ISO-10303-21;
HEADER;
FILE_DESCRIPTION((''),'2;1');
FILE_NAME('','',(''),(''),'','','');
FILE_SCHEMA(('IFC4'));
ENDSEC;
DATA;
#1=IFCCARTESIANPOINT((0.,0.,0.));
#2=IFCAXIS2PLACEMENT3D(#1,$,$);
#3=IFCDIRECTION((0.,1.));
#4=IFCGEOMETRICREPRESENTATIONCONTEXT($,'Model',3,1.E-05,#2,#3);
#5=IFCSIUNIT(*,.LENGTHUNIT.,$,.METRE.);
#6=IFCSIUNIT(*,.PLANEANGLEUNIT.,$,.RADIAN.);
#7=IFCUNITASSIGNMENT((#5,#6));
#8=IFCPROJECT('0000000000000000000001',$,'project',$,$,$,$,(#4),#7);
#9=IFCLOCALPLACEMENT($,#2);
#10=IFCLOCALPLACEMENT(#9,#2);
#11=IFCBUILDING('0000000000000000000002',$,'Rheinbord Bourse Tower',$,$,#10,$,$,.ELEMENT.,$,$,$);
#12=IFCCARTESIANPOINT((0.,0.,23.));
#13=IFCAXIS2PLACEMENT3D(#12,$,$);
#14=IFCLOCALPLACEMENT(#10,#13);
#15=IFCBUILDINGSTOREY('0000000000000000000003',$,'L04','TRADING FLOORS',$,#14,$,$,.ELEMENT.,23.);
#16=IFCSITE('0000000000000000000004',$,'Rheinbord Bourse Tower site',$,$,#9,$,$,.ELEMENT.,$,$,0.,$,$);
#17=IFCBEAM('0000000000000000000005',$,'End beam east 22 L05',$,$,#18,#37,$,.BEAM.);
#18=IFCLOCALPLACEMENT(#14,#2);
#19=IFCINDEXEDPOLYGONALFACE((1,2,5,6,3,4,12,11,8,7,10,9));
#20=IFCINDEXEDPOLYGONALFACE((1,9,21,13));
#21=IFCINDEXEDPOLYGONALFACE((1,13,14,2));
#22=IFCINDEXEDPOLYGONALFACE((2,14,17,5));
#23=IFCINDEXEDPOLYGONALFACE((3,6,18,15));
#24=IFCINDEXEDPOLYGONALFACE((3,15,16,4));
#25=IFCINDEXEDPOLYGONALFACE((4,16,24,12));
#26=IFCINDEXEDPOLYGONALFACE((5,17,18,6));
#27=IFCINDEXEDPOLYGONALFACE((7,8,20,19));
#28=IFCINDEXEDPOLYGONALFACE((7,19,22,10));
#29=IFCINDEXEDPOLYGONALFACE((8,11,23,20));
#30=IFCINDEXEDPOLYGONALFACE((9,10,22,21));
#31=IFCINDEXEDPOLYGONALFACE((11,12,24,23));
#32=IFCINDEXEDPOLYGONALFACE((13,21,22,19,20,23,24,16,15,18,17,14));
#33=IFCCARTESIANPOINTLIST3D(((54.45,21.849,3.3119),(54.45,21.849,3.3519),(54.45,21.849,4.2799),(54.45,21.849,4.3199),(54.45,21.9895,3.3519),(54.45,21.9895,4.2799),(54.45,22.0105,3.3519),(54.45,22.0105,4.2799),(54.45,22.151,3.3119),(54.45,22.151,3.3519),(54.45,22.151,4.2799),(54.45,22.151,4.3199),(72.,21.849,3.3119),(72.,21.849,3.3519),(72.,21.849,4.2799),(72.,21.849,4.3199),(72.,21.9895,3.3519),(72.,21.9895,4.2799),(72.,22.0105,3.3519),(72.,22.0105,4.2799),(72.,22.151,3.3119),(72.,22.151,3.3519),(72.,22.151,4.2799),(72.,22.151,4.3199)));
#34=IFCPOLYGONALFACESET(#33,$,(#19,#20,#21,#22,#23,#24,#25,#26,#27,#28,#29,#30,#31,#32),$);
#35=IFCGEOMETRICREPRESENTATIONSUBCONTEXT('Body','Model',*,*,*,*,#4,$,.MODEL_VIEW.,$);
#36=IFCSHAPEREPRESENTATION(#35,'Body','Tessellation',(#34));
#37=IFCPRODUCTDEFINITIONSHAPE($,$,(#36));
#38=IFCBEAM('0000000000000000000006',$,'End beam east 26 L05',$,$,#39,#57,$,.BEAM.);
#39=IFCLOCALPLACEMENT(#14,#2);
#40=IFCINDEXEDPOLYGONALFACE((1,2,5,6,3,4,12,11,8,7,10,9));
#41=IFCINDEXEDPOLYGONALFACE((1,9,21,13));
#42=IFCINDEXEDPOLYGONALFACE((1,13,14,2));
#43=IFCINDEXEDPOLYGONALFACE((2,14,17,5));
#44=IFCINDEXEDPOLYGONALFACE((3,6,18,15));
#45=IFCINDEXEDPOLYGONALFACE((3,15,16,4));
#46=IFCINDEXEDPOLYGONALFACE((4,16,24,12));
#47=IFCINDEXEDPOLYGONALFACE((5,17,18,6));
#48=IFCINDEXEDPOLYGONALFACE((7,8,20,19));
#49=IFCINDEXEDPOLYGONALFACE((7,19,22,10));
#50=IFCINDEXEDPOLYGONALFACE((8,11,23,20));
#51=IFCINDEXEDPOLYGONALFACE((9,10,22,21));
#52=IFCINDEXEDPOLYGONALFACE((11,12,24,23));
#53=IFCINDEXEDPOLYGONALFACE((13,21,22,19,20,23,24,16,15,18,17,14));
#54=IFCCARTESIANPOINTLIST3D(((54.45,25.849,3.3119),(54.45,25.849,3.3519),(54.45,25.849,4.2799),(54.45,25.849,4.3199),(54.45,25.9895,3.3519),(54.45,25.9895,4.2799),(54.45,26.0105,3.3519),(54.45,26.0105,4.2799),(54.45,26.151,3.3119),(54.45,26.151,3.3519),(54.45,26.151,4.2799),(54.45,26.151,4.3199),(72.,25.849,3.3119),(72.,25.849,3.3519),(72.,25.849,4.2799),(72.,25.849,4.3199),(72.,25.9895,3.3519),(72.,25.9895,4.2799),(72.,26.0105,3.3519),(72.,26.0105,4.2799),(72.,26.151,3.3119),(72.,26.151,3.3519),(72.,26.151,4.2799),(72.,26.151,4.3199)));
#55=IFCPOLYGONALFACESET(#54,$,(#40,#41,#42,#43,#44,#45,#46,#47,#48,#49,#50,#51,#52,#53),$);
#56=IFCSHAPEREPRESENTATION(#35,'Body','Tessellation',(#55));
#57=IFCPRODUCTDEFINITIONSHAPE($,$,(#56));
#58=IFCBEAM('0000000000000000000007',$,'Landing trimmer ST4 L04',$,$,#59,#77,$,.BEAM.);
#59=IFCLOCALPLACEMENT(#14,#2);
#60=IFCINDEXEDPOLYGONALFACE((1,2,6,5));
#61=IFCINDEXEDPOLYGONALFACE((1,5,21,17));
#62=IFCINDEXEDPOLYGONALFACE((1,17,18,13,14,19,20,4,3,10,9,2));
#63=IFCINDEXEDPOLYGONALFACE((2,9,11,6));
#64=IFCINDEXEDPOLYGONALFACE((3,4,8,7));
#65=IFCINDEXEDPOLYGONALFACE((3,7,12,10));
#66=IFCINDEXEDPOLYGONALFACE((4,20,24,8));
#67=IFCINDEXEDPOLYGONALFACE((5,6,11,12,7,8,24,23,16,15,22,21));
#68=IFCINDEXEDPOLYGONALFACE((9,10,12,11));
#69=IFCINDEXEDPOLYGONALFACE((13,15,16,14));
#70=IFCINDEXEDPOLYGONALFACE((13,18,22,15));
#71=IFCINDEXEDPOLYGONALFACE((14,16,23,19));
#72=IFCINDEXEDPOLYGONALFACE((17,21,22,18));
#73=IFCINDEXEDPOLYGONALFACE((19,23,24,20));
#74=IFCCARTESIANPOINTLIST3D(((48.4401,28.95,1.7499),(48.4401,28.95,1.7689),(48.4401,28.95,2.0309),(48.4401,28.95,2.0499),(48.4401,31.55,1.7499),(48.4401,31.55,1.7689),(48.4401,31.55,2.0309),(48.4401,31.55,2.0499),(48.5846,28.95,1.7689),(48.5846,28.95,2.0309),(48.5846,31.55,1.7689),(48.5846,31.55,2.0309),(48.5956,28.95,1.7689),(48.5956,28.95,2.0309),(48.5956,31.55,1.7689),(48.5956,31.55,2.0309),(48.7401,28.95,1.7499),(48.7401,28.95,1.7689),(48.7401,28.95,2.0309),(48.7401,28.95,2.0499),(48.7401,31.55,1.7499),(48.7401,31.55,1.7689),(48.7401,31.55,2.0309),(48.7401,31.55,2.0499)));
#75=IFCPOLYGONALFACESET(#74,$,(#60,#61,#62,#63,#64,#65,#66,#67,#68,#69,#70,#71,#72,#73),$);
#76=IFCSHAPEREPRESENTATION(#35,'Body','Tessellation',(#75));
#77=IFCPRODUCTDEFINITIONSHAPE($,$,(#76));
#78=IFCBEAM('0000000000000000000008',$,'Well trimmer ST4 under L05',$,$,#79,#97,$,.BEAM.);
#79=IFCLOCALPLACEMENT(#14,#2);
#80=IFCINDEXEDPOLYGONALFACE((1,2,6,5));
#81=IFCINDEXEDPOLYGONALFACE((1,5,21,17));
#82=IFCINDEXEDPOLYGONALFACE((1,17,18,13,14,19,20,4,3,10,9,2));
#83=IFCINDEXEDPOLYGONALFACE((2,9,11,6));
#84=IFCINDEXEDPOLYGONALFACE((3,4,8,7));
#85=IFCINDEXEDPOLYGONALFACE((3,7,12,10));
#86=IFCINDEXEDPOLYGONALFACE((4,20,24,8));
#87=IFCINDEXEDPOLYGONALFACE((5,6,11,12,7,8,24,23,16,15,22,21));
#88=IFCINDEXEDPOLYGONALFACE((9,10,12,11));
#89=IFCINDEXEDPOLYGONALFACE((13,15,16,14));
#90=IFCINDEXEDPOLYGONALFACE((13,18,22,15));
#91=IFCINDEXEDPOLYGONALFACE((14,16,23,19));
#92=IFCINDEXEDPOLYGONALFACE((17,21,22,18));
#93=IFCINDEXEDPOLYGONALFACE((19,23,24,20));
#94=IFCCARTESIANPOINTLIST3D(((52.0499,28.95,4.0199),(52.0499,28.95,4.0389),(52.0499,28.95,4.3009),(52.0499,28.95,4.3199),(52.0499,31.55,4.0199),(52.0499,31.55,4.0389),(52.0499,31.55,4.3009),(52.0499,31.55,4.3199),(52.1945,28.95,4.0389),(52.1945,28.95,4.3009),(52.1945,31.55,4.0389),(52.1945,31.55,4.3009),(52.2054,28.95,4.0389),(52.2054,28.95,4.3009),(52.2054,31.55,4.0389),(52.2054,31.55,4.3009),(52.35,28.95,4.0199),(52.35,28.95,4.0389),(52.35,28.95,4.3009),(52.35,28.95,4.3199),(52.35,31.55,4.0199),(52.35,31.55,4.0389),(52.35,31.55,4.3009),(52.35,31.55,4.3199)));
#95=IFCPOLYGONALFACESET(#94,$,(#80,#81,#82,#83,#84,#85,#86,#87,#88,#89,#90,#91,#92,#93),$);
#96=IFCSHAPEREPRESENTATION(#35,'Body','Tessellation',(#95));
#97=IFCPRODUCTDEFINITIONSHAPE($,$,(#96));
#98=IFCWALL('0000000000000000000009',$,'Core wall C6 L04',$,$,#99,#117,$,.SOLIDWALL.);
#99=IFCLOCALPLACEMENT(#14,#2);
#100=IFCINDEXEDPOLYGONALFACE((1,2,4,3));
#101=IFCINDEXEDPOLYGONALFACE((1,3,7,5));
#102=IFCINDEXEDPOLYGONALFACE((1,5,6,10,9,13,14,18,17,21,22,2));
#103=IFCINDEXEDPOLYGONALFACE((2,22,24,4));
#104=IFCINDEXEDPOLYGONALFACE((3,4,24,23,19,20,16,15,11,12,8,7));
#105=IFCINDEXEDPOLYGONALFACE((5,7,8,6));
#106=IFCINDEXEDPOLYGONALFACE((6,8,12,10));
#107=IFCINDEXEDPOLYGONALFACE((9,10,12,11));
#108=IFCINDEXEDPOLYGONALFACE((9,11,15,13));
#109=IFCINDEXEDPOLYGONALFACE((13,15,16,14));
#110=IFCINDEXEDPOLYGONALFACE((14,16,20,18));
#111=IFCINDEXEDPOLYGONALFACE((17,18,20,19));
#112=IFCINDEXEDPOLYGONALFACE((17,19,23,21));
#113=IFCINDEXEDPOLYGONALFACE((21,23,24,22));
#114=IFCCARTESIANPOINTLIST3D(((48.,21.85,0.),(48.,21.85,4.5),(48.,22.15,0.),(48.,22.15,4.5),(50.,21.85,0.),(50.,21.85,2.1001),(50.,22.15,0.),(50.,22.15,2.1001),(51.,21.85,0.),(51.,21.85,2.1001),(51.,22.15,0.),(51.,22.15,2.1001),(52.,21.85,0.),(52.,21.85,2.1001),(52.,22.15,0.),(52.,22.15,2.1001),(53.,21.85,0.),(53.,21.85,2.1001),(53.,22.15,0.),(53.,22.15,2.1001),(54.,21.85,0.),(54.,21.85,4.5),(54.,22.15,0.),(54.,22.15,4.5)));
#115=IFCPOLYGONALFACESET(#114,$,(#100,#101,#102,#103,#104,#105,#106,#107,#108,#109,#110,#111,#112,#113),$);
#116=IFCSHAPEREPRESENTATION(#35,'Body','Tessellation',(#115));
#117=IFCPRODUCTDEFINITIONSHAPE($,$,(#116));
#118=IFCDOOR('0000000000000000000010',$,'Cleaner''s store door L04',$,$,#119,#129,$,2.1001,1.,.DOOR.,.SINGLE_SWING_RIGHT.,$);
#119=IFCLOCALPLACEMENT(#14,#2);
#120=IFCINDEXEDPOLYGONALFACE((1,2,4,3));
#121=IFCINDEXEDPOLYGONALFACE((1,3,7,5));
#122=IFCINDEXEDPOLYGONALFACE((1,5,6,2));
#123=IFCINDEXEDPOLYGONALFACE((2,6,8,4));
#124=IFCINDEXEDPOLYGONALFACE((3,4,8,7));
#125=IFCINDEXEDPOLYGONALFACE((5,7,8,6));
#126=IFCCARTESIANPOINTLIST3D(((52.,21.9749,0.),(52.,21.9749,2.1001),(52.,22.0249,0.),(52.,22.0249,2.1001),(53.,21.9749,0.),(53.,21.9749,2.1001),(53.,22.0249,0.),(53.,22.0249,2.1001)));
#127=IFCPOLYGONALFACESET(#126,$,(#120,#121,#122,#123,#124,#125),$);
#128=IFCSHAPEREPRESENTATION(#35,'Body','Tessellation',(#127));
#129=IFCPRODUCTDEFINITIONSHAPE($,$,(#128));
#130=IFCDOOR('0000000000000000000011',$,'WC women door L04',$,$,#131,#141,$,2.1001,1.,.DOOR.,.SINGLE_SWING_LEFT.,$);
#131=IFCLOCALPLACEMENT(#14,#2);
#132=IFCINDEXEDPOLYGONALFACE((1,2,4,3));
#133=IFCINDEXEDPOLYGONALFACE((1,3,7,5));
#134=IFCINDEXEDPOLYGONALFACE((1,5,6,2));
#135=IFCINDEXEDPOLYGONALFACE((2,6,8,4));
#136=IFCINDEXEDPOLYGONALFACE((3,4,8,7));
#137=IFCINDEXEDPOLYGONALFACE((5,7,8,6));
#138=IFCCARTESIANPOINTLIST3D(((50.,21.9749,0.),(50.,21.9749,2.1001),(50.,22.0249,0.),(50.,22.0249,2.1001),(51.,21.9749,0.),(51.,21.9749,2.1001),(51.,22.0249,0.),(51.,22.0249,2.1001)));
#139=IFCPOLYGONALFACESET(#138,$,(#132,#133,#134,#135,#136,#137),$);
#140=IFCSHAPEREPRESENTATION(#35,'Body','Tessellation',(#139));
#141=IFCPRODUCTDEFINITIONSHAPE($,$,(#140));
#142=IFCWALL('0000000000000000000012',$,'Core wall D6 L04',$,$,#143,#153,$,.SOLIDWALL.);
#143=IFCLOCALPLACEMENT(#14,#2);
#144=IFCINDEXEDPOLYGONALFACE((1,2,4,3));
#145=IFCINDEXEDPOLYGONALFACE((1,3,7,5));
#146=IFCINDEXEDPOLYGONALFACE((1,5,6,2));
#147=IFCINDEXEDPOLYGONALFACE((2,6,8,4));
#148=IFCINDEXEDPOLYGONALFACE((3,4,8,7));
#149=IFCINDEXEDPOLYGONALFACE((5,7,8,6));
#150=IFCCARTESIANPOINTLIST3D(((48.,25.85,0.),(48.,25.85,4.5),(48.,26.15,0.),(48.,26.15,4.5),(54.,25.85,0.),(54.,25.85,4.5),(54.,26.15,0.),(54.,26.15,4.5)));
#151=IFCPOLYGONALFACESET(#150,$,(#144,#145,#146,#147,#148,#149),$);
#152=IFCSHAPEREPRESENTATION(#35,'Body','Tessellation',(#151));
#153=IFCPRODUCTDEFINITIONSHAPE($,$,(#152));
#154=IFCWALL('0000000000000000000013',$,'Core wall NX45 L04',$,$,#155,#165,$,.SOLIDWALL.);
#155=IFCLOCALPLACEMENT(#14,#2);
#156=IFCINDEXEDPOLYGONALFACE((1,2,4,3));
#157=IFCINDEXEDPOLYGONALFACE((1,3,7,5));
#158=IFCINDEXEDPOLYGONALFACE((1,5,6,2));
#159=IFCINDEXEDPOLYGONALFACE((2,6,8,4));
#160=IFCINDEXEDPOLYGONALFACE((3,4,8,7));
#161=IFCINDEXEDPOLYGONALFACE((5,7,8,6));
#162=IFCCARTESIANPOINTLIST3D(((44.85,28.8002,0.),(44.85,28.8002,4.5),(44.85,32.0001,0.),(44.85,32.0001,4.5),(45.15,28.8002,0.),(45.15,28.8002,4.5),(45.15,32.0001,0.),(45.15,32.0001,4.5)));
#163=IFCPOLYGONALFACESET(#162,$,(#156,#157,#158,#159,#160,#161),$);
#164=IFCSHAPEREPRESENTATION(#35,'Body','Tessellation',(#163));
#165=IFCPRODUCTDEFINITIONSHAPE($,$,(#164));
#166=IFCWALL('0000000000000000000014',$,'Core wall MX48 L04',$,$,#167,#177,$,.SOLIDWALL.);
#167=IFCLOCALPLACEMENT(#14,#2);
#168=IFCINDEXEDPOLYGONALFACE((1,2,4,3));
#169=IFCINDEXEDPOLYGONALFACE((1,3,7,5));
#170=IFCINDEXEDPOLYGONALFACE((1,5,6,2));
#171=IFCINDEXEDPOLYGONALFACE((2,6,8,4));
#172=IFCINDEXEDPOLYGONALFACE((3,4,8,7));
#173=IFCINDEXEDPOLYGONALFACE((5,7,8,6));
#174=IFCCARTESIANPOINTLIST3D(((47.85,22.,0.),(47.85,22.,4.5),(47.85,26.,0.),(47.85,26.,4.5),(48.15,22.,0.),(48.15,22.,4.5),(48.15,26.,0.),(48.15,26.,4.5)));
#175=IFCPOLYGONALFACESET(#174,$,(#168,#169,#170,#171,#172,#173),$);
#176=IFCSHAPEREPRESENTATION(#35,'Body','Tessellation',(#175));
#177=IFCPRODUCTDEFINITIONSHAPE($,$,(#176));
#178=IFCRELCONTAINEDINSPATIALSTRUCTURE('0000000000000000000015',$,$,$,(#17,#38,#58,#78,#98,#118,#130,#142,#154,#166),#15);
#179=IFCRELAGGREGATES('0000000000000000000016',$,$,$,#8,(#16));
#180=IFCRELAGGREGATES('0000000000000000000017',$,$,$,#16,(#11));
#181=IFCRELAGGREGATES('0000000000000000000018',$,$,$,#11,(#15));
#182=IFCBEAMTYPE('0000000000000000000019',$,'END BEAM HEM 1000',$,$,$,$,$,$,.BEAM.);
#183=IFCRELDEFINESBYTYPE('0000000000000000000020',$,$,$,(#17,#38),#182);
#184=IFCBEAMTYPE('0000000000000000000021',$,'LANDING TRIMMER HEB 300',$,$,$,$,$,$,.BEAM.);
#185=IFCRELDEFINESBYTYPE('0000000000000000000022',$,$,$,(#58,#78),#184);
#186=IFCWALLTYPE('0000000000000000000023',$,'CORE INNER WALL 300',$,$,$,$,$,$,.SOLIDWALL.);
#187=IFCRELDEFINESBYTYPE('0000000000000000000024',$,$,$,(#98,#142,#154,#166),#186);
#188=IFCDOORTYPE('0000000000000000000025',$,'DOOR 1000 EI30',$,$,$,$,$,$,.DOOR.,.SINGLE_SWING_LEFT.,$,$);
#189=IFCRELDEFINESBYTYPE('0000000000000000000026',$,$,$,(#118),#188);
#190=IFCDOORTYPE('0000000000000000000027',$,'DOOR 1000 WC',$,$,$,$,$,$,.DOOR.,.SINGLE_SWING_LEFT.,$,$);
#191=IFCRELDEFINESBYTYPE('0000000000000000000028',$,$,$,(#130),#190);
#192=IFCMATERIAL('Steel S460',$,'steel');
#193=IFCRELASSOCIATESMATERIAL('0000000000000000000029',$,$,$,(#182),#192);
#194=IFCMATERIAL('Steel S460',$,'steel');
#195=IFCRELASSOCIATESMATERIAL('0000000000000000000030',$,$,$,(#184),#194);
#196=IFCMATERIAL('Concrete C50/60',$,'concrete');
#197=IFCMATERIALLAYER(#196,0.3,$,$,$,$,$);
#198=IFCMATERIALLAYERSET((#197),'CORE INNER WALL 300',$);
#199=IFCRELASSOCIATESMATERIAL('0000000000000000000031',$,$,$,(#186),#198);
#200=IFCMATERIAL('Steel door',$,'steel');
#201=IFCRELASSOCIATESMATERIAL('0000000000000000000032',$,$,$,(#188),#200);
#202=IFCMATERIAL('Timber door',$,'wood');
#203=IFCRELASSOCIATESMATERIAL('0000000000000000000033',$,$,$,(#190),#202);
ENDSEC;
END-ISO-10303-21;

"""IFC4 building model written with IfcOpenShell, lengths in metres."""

from ifc_helpers import new_model, si_unit, direction, frame, frame_2d, origin, origin_2d, place, context, subcontext, project, spatial, rectangle, i_section, extrude, material, layer, layer_set, material_profile, profile_set, type_object, element, fill, save


model = new_model("IFC4")

# Units and contexts
model_context = context("Model", 3, precision=1e-05, world=origin(), true_north=direction((0.0, 1.0)))
body_context = subcontext(model_context, "Body", "Model", "MODEL_VIEW")
ifc_project = project(units=[si_unit("LENGTHUNIT", "METRE"), si_unit("PLANEANGLEUNIT", "RADIAN")], contexts=[model_context])

# Site, building, storey
site_placement = place(None, origin())
site = spatial("IfcSite", under=ifc_project, at=site_placement, Name="Rheinbord Bourse Tower site", CompositionType="ELEMENT", RefElevation=0.0)
building_placement = place(site_placement, origin())
building = spatial("IfcBuilding", under=site, at=building_placement, Name="Rheinbord Bourse Tower", CompositionType="ELEMENT")
storey_placement = place(building_placement, frame((0.0, 0.0, 23.0)))
storey = spatial("IfcBuildingStorey", under=building, at=storey_placement, Name="L04", Description="TRADING FLOORS", CompositionType="ELEMENT", Elevation=23.0)

# Beams
ifc_material_1 = material(Name="Steel S460", Category="steel")
ifc_material_profile_1 = material_profile(ifc_material_1, i_section(OverallWidth=0.302, OverallDepth=1.0081, WebThickness=0.021, FlangeThickness=0.04, at=origin_2d()), Name="HEM 1000")
ifc_profile_set_1 = profile_set([ifc_material_profile_1], Name="Steel S460")
beam_type_1 = type_object("IfcBeamType", Name="END BEAM HEM 1000", PredefinedType="BEAM", material=ifc_profile_set_1)
for number, where, z_axis, x_axis, name in (
    (1, (54.45, 22.0, 3.8159), (1.0, 0.0, 0.0), (0.0, 1.0, 0.0), "End beam east 22 L05"),
    (2, (54.45, 26.0, 3.8159), (1.0, 0.0, 0.0), (0.0, 1.0, 0.0), "End beam east 26 L05"),
):
    element("IfcBeam", number, at=place(storey_placement, frame(where, z_axis=z_axis, x_axis=x_axis)), inside=storey, type_object=beam_type_1, Name=name, PredefinedType="BEAM", context=body_context, shape_type="SweptSolid", body=[
        extrude(i_section(OverallWidth=0.302, OverallDepth=1.0081, WebThickness=0.021, FlangeThickness=0.04, at=origin_2d()), origin(), (0.0, 0.0, 1.0), 17.55),
    ])
ifc_material_2 = material(Name="Steel S460", Category="steel")
ifc_material_profile_2 = material_profile(ifc_material_2, i_section(OverallWidth=0.3, OverallDepth=0.3, WebThickness=0.011, FlangeThickness=0.019, at=origin_2d()), Name="HEB 300")
ifc_profile_set_2 = profile_set([ifc_material_profile_2], Name="Steel S460")
beam_type_2 = type_object("IfcBeamType", Name="LANDING TRIMMER HEB 300", PredefinedType="BEAM", material=ifc_profile_set_2)
for number, where, z_axis, x_axis, name in (
    (3, (48.5901, 28.95, 1.8999), (0.0, 1.0, 0.0), (-1.0, 0.0, 0.0), "Landing trimmer ST4 L04"),
    (4, (52.2, 28.95, 4.1699), (0.0, 1.0, 0.0), (-1.0, 0.0, 0.0), "Well trimmer ST4 under L05"),
):
    element("IfcBeam", number, at=place(storey_placement, frame(where, z_axis=z_axis, x_axis=x_axis)), inside=storey, type_object=beam_type_2, Name=name, PredefinedType="BEAM", context=body_context, shape_type="SweptSolid", body=[
        extrude(i_section(OverallWidth=0.3, OverallDepth=0.3, WebThickness=0.011, FlangeThickness=0.019, at=origin_2d()), origin(), (0.0, 0.0, 1.0), 2.6001),
    ])

# Wall, openings, doors
ifc_material_3 = material(Name="Concrete C50/60", Category="concrete")
ifc_layer_1 = layer(ifc_material_3, 0.3)
ifc_layer_set_1 = layer_set([ifc_layer_1], Name="CORE INNER WALL 300")
wall_type_1 = type_object("IfcWallType", Name="CORE INNER WALL 300", PredefinedType="SOLIDWALL", material=ifc_layer_set_1)
wall_1_placement = place(storey_placement, frame((48.0, 22.0, 0.0), z_axis=(0.0, 0.0, 1.0), x_axis=(1.0, 0.0, 0.0)))
wall_1 = element("IfcWall", 5, at=wall_1_placement, inside=storey, type_object=wall_type_1, Name="Core wall C6 L04", PredefinedType="SOLIDWALL", context=body_context, shape_type="SweptSolid", body=[
    extrude(rectangle(XDim=6.0, YDim=0.3, at=frame_2d((3.0, 0.0))), origin(), (0.0, 0.0, 1.0), 4.5),
])
opening_1_placement = place(wall_1_placement, frame((2.0, 0.0, 0.0)))
opening_1 = element("IfcOpeningElement", 6, at=opening_1_placement, cuts=wall_1, PredefinedType="OPENING", context=body_context, shape_type="SweptSolid", body=[
    extrude(rectangle(XDim=1.0, YDim=2.1001, at=frame_2d((0.5, 1.05))), frame((0.0, 0.1599, 0.0), z_axis=(0.0, -1.0, 0.0), x_axis=(1.0, 0.0, 0.0)), (0.0, 0.0, 1.0), 0.3201),
])
opening_2_placement = place(wall_1_placement, frame((4.0, 0.0, 0.0)))
opening_2 = element("IfcOpeningElement", 7, at=opening_2_placement, cuts=wall_1, PredefinedType="OPENING", context=body_context, shape_type="SweptSolid", body=[
    extrude(rectangle(XDim=1.0, YDim=2.1001, at=frame_2d((0.5, 1.05))), frame((0.0, 0.1599, 0.0), z_axis=(0.0, -1.0, 0.0), x_axis=(1.0, 0.0, 0.0)), (0.0, 0.0, 1.0), 0.3201),
])
ifc_material_4 = material(Name="Steel door", Category="steel")
door_type_1 = type_object("IfcDoorType", Name="DOOR 1000 EI30", OperationType="SINGLE_SWING_LEFT", PredefinedType="DOOR", material=ifc_material_4)
door_1_placement = place(opening_2_placement, origin())
door_1 = element("IfcDoor", 8, at=door_1_placement, inside=storey, type_object=door_type_1, Name="Cleaner's store door L04", OperationType="SINGLE_SWING_RIGHT", OverallHeight=2.1001, OverallWidth=1.0, PredefinedType="DOOR", context=body_context, shape_type="SweptSolid", body=[
    extrude(rectangle(XDim=1.0, YDim=2.1001, at=frame_2d((0.5, 1.05))), frame((0.0, 0.0249, 0.0), z_axis=(0.0, -1.0, 0.0), x_axis=(1.0, 0.0, 0.0)), (0.0, 0.0, 1.0), 0.05),
])
fill(opening_2, door_1)
ifc_material_5 = material(Name="Timber door", Category="wood")
door_type_2 = type_object("IfcDoorType", Name="DOOR 1000 WC", OperationType="SINGLE_SWING_LEFT", PredefinedType="DOOR", material=ifc_material_5)
door_2_placement = place(opening_1_placement, origin())
door_2 = element("IfcDoor", 9, at=door_2_placement, inside=storey, type_object=door_type_2, Name="WC women door L04", OperationType="SINGLE_SWING_LEFT", OverallHeight=2.1001, OverallWidth=1.0, PredefinedType="DOOR", context=body_context, shape_type="SweptSolid", body=[
    extrude(rectangle(XDim=1.0, YDim=2.1001, at=frame_2d((0.5, 1.05))), frame((0.0, 0.0249, 0.0), z_axis=(0.0, -1.0, 0.0), x_axis=(1.0, 0.0, 0.0)), (0.0, 0.0, 1.0), 0.05),
])
fill(opening_1, door_2)

# Walls
wall_2_placement = place(storey_placement, frame((48.0, 26.0, 0.0), z_axis=(0.0, 0.0, 1.0), x_axis=(1.0, 0.0, 0.0)))
element("IfcWall", 10, at=wall_2_placement, inside=storey, type_object=wall_type_1, Name="Core wall D6 L04", PredefinedType="SOLIDWALL", context=body_context, shape_type="SweptSolid", body=[
    extrude(rectangle(XDim=6.0, YDim=0.3, at=frame_2d((3.0, 0.0))), origin(), (0.0, 0.0, 1.0), 4.5),
])
wall_3_placement = place(storey_placement, frame((45.0, 28.8, 0.0), z_axis=(0.0, 0.0, 1.0), x_axis=(0.0, 1.0, 0.0)))
element("IfcWall", 11, at=wall_3_placement, inside=storey, type_object=wall_type_1, Name="Core wall NX45 L04", PredefinedType="SOLIDWALL", context=body_context, shape_type="SweptSolid", body=[
    extrude(rectangle(XDim=3.2, YDim=0.3, at=frame_2d((1.6001, 0.0))), origin(), (0.0, 0.0, 1.0), 4.5),
])
wall_4_placement = place(storey_placement, frame((48.0, 22.0, 0.0), z_axis=(0.0, 0.0, 1.0), x_axis=(0.0, 1.0, 0.0)))
element("IfcWall", 12, at=wall_4_placement, inside=storey, type_object=wall_type_1, Name="Core wall MX48 L04", PredefinedType="SOLIDWALL", context=body_context, shape_type="SweptSolid", body=[
    extrude(rectangle(XDim=4.0, YDim=0.3, at=frame_2d((2.0, 0.0))), origin(), (0.0, 0.0, 1.0), 4.5),
])

save(model, "model.ifc")
